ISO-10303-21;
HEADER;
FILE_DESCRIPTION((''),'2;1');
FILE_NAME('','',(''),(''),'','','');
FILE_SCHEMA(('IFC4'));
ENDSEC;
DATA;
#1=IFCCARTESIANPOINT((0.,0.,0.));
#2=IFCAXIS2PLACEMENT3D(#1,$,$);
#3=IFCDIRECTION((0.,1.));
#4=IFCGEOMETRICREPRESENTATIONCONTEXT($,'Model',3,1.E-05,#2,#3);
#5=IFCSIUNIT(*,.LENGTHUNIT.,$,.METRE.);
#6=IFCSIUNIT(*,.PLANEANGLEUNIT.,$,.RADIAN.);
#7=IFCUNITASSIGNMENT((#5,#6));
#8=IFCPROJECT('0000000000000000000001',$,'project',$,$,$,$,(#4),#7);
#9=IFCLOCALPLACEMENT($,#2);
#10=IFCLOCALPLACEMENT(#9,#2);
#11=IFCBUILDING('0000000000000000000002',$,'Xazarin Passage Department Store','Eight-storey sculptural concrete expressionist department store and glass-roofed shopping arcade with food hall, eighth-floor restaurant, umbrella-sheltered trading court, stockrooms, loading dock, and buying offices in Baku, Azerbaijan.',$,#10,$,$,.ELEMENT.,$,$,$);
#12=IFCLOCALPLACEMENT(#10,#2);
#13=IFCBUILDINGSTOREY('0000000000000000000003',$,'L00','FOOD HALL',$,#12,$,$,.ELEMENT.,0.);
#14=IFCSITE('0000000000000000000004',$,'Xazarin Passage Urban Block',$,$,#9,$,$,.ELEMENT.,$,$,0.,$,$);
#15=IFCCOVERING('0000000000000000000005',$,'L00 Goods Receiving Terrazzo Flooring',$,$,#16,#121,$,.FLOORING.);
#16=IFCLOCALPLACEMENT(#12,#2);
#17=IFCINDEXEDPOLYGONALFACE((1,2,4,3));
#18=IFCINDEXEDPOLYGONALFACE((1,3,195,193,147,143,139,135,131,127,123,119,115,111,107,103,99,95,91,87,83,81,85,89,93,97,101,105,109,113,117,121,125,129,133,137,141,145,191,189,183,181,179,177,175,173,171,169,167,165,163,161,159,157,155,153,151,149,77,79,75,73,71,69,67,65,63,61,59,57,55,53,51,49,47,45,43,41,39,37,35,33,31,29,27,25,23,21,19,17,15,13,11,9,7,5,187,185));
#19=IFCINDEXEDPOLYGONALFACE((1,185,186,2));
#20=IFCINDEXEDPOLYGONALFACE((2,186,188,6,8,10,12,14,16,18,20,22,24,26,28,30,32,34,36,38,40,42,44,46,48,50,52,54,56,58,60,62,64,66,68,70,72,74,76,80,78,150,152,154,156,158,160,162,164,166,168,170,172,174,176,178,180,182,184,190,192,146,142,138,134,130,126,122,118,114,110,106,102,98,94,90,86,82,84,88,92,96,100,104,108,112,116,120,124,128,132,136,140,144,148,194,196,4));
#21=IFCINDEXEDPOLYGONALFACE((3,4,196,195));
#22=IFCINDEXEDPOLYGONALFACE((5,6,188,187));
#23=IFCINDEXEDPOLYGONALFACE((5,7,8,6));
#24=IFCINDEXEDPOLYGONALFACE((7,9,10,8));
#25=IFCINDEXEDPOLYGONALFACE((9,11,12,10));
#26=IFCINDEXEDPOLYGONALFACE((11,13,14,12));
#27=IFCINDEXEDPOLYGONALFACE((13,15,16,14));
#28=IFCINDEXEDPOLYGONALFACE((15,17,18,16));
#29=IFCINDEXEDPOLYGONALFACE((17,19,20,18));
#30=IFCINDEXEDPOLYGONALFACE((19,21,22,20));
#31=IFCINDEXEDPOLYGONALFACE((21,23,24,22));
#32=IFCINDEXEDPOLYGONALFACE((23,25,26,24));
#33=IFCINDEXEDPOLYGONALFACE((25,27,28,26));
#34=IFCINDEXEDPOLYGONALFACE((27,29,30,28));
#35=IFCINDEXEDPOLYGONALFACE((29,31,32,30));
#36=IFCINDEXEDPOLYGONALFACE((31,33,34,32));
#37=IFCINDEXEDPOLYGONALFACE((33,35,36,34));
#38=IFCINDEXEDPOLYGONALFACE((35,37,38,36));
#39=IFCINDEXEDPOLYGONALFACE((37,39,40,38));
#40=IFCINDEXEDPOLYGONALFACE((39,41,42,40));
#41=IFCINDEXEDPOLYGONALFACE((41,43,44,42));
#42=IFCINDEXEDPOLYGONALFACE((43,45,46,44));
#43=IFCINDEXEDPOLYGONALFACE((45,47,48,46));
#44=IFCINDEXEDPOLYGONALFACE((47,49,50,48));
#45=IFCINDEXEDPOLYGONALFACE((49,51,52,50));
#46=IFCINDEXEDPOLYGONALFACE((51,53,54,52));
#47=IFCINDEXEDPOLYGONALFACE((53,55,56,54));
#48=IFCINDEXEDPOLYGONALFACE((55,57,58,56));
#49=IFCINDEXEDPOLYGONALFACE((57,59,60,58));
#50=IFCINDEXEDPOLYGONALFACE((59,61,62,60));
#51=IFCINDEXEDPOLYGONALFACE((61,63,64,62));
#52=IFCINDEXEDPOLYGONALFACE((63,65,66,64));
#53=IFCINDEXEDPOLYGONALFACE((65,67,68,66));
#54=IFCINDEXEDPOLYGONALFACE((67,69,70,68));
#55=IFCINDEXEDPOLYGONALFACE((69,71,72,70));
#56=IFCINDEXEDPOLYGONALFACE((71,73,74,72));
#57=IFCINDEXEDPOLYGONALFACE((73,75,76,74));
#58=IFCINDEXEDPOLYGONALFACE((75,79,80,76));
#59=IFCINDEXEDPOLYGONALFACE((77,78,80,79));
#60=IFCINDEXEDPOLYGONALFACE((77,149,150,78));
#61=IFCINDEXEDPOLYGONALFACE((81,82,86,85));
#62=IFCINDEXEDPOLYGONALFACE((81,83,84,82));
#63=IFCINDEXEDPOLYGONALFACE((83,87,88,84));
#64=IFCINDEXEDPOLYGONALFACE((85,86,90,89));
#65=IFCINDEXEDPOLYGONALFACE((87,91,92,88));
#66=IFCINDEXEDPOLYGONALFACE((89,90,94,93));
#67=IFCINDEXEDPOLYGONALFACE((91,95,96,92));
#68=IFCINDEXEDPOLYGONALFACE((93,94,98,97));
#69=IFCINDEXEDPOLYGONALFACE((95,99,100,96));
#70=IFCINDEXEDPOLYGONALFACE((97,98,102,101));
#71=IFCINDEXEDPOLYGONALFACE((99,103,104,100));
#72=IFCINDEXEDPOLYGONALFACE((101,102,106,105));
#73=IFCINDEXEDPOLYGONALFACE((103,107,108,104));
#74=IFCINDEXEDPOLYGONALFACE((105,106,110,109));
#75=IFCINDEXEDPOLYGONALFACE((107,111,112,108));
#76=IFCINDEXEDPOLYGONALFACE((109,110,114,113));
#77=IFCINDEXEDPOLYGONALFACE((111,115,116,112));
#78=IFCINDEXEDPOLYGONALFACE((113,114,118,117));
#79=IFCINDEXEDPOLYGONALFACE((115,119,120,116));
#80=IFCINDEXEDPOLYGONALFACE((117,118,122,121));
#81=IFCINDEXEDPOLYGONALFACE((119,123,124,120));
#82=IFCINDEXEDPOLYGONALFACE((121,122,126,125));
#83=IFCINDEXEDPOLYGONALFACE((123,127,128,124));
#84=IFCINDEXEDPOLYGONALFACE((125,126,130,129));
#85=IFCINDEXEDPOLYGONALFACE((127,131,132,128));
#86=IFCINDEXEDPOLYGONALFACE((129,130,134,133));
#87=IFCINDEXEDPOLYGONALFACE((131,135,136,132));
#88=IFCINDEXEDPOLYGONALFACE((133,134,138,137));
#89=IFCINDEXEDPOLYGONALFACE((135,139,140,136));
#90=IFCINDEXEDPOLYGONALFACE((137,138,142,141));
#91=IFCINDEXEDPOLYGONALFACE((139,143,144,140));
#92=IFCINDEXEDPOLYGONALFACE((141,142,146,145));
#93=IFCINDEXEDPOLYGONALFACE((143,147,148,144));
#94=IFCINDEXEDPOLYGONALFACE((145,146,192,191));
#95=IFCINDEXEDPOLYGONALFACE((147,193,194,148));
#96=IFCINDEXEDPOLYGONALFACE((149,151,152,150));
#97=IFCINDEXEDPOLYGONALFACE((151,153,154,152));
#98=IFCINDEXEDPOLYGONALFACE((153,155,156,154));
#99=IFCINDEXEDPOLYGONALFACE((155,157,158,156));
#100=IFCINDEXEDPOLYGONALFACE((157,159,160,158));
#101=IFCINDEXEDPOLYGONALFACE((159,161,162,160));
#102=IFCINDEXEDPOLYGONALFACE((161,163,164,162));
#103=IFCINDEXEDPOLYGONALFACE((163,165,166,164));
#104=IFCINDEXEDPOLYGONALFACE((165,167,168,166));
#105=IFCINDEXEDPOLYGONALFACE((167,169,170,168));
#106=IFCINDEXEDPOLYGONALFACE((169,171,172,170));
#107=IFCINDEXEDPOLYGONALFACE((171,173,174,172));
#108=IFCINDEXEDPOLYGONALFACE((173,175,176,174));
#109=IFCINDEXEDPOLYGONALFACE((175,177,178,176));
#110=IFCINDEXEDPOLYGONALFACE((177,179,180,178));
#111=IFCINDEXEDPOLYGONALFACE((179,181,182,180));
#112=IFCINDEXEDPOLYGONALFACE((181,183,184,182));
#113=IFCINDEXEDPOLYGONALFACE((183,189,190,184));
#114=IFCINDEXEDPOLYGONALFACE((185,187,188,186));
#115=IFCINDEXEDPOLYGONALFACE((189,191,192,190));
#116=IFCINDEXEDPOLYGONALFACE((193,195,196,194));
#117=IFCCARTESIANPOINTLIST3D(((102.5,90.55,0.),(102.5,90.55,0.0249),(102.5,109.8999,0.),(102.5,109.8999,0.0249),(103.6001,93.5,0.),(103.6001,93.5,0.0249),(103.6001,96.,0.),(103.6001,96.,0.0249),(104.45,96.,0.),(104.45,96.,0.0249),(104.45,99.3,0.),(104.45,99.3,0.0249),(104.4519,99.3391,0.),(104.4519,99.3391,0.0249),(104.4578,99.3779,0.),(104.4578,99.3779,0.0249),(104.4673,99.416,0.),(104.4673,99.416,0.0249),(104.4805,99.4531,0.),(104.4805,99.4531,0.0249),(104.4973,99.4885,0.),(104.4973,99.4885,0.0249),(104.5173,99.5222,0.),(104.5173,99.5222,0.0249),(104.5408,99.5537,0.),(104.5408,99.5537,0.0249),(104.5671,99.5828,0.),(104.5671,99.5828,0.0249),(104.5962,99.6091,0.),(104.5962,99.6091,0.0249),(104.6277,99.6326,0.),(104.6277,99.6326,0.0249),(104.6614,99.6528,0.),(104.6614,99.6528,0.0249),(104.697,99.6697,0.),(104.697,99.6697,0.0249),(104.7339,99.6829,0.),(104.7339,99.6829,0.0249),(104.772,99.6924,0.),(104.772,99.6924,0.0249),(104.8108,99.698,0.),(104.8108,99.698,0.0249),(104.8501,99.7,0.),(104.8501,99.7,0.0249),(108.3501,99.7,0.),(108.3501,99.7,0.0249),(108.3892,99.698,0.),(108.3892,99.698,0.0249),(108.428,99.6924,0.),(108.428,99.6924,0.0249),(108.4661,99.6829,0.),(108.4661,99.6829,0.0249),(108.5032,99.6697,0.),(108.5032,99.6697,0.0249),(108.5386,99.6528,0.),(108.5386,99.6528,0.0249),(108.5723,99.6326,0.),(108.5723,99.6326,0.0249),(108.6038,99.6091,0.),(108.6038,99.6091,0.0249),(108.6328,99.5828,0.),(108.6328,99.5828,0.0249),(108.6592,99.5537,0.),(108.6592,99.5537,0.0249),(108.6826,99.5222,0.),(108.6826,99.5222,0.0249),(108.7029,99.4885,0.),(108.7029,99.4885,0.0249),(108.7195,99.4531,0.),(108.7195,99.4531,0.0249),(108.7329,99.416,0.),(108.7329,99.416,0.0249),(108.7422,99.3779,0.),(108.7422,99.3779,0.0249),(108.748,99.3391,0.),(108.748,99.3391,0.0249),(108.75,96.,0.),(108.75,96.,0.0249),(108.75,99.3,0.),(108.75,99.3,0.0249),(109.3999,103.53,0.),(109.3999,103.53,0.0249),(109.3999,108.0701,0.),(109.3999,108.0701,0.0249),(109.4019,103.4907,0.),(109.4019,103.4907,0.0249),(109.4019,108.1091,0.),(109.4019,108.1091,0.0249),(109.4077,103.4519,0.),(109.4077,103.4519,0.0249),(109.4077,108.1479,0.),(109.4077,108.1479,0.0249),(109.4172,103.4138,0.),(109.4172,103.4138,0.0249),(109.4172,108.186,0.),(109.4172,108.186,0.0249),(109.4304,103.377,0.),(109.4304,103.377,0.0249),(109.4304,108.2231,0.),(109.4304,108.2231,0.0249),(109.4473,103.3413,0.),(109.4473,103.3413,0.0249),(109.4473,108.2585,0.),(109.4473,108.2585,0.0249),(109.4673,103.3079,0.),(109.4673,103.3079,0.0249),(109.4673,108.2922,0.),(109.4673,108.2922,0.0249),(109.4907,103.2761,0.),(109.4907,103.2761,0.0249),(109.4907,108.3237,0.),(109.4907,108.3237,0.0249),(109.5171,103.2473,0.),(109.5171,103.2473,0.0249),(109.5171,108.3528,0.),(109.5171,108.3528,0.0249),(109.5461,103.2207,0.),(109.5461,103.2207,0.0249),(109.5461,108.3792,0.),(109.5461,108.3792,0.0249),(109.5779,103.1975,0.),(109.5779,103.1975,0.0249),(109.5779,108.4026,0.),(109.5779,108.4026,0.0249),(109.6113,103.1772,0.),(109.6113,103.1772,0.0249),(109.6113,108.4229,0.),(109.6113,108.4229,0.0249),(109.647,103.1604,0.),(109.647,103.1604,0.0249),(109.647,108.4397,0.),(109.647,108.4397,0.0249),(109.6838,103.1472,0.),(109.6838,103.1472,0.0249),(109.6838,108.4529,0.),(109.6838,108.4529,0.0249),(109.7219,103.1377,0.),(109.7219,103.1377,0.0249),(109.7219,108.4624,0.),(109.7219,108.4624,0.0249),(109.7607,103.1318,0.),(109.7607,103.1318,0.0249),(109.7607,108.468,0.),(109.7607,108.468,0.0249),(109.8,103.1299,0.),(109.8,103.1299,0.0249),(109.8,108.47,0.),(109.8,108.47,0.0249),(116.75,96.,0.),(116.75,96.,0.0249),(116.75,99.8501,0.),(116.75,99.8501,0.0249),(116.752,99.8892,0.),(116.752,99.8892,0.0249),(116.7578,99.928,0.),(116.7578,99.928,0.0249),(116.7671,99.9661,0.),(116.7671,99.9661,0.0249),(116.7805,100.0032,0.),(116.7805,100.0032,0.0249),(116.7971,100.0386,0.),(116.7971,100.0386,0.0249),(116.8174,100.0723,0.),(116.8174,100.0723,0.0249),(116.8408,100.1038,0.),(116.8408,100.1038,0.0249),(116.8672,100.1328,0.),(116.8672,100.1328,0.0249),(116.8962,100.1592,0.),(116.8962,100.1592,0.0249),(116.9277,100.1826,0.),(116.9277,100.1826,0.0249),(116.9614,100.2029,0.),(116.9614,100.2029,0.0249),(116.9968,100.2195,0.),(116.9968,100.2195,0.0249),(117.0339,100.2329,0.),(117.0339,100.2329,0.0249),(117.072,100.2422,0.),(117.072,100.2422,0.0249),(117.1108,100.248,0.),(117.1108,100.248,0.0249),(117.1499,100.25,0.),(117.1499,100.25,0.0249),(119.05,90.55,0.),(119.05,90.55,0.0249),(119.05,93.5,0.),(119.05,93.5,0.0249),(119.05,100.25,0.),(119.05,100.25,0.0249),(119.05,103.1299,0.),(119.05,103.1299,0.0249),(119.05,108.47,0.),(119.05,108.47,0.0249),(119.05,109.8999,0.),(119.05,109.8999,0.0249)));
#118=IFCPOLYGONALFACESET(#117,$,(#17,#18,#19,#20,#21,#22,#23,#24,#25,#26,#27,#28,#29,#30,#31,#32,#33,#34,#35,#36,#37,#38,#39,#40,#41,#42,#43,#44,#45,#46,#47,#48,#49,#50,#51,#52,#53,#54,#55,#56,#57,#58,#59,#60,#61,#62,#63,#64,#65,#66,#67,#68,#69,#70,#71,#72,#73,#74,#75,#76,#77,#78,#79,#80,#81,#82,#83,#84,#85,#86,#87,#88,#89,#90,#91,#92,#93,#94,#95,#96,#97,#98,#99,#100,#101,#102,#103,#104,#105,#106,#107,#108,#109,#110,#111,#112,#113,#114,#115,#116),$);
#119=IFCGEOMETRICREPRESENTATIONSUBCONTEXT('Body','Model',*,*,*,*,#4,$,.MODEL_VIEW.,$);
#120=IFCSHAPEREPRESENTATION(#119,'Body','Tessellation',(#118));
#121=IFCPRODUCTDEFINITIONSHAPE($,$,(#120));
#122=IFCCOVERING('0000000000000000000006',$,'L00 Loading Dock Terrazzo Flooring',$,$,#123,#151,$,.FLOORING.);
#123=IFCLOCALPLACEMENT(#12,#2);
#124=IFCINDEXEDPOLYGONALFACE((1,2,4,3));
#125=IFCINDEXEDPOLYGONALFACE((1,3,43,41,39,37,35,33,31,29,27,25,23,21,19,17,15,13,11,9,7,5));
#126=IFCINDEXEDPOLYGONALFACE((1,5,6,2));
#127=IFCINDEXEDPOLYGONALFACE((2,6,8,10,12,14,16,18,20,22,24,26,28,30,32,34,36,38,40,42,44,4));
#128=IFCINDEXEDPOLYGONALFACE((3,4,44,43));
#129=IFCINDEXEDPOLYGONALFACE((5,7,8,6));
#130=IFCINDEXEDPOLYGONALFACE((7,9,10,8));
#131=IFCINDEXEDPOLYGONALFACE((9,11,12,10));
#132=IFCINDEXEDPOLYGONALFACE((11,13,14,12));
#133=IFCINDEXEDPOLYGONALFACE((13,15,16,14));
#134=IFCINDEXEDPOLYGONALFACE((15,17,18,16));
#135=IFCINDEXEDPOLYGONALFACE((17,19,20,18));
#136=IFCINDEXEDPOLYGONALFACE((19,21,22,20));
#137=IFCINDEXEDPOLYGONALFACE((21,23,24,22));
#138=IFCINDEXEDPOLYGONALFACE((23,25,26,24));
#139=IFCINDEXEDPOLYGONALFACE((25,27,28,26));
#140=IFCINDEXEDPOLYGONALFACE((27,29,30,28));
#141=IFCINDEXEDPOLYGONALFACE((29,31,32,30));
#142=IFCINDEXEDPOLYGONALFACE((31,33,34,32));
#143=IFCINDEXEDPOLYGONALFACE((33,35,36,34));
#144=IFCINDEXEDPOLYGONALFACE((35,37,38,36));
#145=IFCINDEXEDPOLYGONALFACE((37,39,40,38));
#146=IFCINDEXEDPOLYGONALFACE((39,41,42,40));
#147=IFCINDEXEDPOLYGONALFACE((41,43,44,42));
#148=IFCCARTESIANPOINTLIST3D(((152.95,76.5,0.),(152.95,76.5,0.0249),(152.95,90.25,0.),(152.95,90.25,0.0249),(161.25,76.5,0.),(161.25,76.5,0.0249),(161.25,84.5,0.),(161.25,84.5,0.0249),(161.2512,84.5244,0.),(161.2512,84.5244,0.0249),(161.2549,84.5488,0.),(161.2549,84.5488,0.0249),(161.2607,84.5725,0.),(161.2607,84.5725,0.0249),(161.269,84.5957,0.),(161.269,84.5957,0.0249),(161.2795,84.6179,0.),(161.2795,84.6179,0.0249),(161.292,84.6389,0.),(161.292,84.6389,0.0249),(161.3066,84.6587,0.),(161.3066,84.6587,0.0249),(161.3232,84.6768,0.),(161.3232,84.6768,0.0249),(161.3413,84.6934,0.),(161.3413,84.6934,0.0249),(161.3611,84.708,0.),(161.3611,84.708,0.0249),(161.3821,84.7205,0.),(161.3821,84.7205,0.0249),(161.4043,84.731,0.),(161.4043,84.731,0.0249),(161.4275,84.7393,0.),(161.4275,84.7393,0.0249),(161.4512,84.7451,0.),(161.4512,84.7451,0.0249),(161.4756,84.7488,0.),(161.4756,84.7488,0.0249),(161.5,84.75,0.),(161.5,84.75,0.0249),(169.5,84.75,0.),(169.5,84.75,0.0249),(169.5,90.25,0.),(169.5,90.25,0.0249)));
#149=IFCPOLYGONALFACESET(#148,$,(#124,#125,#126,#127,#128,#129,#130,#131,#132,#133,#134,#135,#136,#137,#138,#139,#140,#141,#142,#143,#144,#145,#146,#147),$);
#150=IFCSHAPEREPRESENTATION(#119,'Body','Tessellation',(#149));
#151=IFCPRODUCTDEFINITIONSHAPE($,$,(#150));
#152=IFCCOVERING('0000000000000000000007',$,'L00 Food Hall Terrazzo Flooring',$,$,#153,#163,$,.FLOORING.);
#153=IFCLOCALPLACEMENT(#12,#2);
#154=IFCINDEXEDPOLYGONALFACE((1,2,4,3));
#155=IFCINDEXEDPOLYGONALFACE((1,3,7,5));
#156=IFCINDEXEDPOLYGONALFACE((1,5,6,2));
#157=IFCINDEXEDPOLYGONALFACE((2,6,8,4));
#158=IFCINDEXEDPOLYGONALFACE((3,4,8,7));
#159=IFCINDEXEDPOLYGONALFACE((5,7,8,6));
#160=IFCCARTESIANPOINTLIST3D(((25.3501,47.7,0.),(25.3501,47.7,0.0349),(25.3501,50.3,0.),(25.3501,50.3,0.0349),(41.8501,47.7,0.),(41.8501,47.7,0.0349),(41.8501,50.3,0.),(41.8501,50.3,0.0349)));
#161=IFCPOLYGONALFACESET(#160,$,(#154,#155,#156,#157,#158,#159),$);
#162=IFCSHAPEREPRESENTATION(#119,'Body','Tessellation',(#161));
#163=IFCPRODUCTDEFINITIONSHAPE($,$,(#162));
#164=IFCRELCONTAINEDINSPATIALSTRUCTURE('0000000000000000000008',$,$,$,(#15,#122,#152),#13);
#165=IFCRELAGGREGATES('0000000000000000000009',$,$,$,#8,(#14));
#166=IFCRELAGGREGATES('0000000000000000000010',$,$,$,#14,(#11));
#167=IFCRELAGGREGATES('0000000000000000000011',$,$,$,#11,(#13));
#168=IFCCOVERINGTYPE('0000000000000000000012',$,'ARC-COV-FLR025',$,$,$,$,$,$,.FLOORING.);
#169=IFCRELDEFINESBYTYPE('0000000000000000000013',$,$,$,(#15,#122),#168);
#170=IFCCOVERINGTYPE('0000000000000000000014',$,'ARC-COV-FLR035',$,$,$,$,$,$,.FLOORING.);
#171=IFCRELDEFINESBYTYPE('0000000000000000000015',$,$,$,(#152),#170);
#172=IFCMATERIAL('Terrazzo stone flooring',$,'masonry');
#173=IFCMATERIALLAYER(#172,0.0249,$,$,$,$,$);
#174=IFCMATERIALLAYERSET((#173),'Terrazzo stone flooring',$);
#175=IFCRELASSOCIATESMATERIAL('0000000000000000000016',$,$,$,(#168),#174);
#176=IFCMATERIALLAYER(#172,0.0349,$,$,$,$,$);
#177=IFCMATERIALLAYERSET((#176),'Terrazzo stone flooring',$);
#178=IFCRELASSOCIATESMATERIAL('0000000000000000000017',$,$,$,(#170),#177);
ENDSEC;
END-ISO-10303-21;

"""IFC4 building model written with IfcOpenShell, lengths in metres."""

from ifc_helpers import new_model, si_unit, direction, origin, place, context, subcontext, project, spatial, polyline, outline, extrude, material, layer, layer_set, type_object, element, save


model = new_model("IFC4")

# Units and contexts
model_context = context("Model", 3, precision=1e-05, world=origin(), true_north=direction((0.0, 1.0)))
body_context = subcontext(model_context, "Body", "Model", "MODEL_VIEW")
ifc_project = project(units=[si_unit("LENGTHUNIT", "METRE"), si_unit("PLANEANGLEUNIT", "RADIAN")], contexts=[model_context])

# Site, building, storey
site_placement = place(None, origin())
site = spatial("IfcSite", under=ifc_project, at=site_placement, Name="Xazarin Passage Urban Block", CompositionType="ELEMENT", RefElevation=0.0)
building_placement = place(site_placement, origin())
building = spatial("IfcBuilding", under=site, at=building_placement, Name="Xazarin Passage Department Store", Description="Eight-storey sculptural concrete expressionist department store and glass-roofed shopping arcade with food hall, eighth-floor restaurant, umbrella-sheltered trading court, stockrooms, loading dock, and buying offices in Baku, Azerbaijan.", CompositionType="ELEMENT")
storey_placement = place(building_placement, origin())
storey = spatial("IfcBuildingStorey", under=building, at=storey_placement, Name="L00", Description="FOOD HALL", CompositionType="ELEMENT", Elevation=0.0)

# Coverings
ifc_material_1 = material(Name="Terrazzo stone flooring", Category="masonry")
ifc_layer_1 = layer(ifc_material_1, 0.0249)
ifc_layer_set_1 = layer_set([ifc_layer_1], Name="Terrazzo stone flooring")
covering_type_1 = type_object("IfcCoveringType", Name="ARC-COV-FLR025", PredefinedType="FLOORING", material=ifc_layer_set_1)
covering_1_placement = place(storey_placement, origin())
element("IfcCovering", 1, at=covering_1_placement, inside=storey, type_object=covering_type_1, Name="L00 Goods Receiving Terrazzo Flooring", PredefinedType="FLOORING", context=body_context, shape_type="SweptSolid", body=[
    extrude(outline(polyline([(119.05, 103.1299), (109.8, 103.1299), (109.7607, 103.1318), (109.7219, 103.1377), (109.6838, 103.1472), (109.647, 103.1604), (109.6113, 103.1772), (109.5779, 103.1975), (109.5461, 103.2207), (109.5171, 103.2473), (109.4907, 103.2761), (109.4673, 103.3079), (109.4473, 103.3413), (109.4304, 103.377), (109.4172, 103.4138), (109.4077, 103.4519), (109.4019, 103.4907), (109.3999, 103.53), (109.3999, 108.0701), (109.4019, 108.1091), (109.4077, 108.1479), (109.4172, 108.186), (109.4304, 108.2231), (109.4473, 108.2585), (109.4673, 108.2922), (109.4907, 108.3237), (109.5171, 108.3528), (109.5461, 108.3792), (109.5779, 108.4026), (109.6113, 108.4229), (109.647, 108.4397), (109.6838, 108.4529), (109.7219, 108.4624), (109.7607, 108.468), (109.8, 108.47), (119.05, 108.47), (119.05, 109.8999), (102.5, 109.8999), (102.5, 90.55), (119.05, 90.55), (119.05, 93.5), (103.6001, 93.5), (103.6001, 96.0), (104.45, 96.0), (104.45, 99.3), (104.4519, 99.3391), (104.4578, 99.3779), (104.4673, 99.416), (104.4805, 99.4531), (104.4973, 99.4885), (104.5173, 99.5222), (104.5408, 99.5537), (104.5671, 99.5828), (104.5962, 99.6091), (104.6277, 99.6326), (104.6614, 99.6528), (104.697, 99.6697), (104.7339, 99.6829), (104.772, 99.6924), (104.8108, 99.698), (104.8501, 99.7), (108.3501, 99.7), (108.3892, 99.698), (108.428, 99.6924), (108.4661, 99.6829), (108.5032, 99.6697), (108.5386, 99.6528), (108.5723, 99.6326), (108.6038, 99.6091), (108.6328, 99.5828), (108.6592, 99.5537), (108.6826, 99.5222), (108.7029, 99.4885), (108.7195, 99.4531), (108.7329, 99.416), (108.7422, 99.3779), (108.748, 99.3391), (108.75, 99.3), (108.75, 96.0), (116.75, 96.0), (116.75, 99.8501), (116.752, 99.8892), (116.7578, 99.928), (116.7671, 99.9661), (116.7805, 100.0032), (116.7971, 100.0386), (116.8174, 100.0723), (116.8408, 100.1038), (116.8672, 100.1328), (116.8962, 100.1592), (116.9277, 100.1826), (116.9614, 100.2029), (116.9968, 100.2195), (117.0339, 100.2329), (117.072, 100.2422), (117.1108, 100.248), (117.1499, 100.25), (119.05, 100.25), (119.05, 103.1299)])), origin(), (0.0, 0.0, 1.0), 0.0249),
])
covering_2_placement = place(storey_placement, origin())
element("IfcCovering", 2, at=covering_2_placement, inside=storey, type_object=covering_type_1, Name="L00 Loading Dock Terrazzo Flooring", PredefinedType="FLOORING", context=body_context, shape_type="SweptSolid", body=[
    extrude(outline(polyline([(161.5, 84.75), (169.5, 84.75), (169.5, 90.25), (152.95, 90.25), (152.95, 76.5), (161.25, 76.5), (161.25, 84.5), (161.2512, 84.5244), (161.2549, 84.5488), (161.2607, 84.5725), (161.269, 84.5957), (161.2795, 84.6179), (161.292, 84.6389), (161.3066, 84.6587), (161.3232, 84.6768), (161.3413, 84.6934), (161.3611, 84.708), (161.3821, 84.7205), (161.4043, 84.731), (161.4275, 84.7393), (161.4512, 84.7451), (161.4756, 84.7488), (161.5, 84.75)])), origin(), (0.0, 0.0, 1.0), 0.0249),
])
ifc_layer_2 = layer(ifc_material_1, 0.0349)
ifc_layer_set_2 = layer_set([ifc_layer_2], Name="Terrazzo stone flooring")
covering_type_2 = type_object("IfcCoveringType", Name="ARC-COV-FLR035", PredefinedType="FLOORING", material=ifc_layer_set_2)
covering_3_placement = place(storey_placement, origin())
element("IfcCovering", 3, at=covering_3_placement, inside=storey, type_object=covering_type_2, Name="L00 Food Hall Terrazzo Flooring", PredefinedType="FLOORING", context=body_context, shape_type="SweptSolid", body=[
    extrude(outline(polyline([(25.3501, 47.7), (41.8501, 47.7), (41.8501, 50.3), (25.3501, 50.3), (25.3501, 47.7)])), origin(), (0.0, 0.0, 1.0), 0.0349),
])

save(model, "model.ifc")
